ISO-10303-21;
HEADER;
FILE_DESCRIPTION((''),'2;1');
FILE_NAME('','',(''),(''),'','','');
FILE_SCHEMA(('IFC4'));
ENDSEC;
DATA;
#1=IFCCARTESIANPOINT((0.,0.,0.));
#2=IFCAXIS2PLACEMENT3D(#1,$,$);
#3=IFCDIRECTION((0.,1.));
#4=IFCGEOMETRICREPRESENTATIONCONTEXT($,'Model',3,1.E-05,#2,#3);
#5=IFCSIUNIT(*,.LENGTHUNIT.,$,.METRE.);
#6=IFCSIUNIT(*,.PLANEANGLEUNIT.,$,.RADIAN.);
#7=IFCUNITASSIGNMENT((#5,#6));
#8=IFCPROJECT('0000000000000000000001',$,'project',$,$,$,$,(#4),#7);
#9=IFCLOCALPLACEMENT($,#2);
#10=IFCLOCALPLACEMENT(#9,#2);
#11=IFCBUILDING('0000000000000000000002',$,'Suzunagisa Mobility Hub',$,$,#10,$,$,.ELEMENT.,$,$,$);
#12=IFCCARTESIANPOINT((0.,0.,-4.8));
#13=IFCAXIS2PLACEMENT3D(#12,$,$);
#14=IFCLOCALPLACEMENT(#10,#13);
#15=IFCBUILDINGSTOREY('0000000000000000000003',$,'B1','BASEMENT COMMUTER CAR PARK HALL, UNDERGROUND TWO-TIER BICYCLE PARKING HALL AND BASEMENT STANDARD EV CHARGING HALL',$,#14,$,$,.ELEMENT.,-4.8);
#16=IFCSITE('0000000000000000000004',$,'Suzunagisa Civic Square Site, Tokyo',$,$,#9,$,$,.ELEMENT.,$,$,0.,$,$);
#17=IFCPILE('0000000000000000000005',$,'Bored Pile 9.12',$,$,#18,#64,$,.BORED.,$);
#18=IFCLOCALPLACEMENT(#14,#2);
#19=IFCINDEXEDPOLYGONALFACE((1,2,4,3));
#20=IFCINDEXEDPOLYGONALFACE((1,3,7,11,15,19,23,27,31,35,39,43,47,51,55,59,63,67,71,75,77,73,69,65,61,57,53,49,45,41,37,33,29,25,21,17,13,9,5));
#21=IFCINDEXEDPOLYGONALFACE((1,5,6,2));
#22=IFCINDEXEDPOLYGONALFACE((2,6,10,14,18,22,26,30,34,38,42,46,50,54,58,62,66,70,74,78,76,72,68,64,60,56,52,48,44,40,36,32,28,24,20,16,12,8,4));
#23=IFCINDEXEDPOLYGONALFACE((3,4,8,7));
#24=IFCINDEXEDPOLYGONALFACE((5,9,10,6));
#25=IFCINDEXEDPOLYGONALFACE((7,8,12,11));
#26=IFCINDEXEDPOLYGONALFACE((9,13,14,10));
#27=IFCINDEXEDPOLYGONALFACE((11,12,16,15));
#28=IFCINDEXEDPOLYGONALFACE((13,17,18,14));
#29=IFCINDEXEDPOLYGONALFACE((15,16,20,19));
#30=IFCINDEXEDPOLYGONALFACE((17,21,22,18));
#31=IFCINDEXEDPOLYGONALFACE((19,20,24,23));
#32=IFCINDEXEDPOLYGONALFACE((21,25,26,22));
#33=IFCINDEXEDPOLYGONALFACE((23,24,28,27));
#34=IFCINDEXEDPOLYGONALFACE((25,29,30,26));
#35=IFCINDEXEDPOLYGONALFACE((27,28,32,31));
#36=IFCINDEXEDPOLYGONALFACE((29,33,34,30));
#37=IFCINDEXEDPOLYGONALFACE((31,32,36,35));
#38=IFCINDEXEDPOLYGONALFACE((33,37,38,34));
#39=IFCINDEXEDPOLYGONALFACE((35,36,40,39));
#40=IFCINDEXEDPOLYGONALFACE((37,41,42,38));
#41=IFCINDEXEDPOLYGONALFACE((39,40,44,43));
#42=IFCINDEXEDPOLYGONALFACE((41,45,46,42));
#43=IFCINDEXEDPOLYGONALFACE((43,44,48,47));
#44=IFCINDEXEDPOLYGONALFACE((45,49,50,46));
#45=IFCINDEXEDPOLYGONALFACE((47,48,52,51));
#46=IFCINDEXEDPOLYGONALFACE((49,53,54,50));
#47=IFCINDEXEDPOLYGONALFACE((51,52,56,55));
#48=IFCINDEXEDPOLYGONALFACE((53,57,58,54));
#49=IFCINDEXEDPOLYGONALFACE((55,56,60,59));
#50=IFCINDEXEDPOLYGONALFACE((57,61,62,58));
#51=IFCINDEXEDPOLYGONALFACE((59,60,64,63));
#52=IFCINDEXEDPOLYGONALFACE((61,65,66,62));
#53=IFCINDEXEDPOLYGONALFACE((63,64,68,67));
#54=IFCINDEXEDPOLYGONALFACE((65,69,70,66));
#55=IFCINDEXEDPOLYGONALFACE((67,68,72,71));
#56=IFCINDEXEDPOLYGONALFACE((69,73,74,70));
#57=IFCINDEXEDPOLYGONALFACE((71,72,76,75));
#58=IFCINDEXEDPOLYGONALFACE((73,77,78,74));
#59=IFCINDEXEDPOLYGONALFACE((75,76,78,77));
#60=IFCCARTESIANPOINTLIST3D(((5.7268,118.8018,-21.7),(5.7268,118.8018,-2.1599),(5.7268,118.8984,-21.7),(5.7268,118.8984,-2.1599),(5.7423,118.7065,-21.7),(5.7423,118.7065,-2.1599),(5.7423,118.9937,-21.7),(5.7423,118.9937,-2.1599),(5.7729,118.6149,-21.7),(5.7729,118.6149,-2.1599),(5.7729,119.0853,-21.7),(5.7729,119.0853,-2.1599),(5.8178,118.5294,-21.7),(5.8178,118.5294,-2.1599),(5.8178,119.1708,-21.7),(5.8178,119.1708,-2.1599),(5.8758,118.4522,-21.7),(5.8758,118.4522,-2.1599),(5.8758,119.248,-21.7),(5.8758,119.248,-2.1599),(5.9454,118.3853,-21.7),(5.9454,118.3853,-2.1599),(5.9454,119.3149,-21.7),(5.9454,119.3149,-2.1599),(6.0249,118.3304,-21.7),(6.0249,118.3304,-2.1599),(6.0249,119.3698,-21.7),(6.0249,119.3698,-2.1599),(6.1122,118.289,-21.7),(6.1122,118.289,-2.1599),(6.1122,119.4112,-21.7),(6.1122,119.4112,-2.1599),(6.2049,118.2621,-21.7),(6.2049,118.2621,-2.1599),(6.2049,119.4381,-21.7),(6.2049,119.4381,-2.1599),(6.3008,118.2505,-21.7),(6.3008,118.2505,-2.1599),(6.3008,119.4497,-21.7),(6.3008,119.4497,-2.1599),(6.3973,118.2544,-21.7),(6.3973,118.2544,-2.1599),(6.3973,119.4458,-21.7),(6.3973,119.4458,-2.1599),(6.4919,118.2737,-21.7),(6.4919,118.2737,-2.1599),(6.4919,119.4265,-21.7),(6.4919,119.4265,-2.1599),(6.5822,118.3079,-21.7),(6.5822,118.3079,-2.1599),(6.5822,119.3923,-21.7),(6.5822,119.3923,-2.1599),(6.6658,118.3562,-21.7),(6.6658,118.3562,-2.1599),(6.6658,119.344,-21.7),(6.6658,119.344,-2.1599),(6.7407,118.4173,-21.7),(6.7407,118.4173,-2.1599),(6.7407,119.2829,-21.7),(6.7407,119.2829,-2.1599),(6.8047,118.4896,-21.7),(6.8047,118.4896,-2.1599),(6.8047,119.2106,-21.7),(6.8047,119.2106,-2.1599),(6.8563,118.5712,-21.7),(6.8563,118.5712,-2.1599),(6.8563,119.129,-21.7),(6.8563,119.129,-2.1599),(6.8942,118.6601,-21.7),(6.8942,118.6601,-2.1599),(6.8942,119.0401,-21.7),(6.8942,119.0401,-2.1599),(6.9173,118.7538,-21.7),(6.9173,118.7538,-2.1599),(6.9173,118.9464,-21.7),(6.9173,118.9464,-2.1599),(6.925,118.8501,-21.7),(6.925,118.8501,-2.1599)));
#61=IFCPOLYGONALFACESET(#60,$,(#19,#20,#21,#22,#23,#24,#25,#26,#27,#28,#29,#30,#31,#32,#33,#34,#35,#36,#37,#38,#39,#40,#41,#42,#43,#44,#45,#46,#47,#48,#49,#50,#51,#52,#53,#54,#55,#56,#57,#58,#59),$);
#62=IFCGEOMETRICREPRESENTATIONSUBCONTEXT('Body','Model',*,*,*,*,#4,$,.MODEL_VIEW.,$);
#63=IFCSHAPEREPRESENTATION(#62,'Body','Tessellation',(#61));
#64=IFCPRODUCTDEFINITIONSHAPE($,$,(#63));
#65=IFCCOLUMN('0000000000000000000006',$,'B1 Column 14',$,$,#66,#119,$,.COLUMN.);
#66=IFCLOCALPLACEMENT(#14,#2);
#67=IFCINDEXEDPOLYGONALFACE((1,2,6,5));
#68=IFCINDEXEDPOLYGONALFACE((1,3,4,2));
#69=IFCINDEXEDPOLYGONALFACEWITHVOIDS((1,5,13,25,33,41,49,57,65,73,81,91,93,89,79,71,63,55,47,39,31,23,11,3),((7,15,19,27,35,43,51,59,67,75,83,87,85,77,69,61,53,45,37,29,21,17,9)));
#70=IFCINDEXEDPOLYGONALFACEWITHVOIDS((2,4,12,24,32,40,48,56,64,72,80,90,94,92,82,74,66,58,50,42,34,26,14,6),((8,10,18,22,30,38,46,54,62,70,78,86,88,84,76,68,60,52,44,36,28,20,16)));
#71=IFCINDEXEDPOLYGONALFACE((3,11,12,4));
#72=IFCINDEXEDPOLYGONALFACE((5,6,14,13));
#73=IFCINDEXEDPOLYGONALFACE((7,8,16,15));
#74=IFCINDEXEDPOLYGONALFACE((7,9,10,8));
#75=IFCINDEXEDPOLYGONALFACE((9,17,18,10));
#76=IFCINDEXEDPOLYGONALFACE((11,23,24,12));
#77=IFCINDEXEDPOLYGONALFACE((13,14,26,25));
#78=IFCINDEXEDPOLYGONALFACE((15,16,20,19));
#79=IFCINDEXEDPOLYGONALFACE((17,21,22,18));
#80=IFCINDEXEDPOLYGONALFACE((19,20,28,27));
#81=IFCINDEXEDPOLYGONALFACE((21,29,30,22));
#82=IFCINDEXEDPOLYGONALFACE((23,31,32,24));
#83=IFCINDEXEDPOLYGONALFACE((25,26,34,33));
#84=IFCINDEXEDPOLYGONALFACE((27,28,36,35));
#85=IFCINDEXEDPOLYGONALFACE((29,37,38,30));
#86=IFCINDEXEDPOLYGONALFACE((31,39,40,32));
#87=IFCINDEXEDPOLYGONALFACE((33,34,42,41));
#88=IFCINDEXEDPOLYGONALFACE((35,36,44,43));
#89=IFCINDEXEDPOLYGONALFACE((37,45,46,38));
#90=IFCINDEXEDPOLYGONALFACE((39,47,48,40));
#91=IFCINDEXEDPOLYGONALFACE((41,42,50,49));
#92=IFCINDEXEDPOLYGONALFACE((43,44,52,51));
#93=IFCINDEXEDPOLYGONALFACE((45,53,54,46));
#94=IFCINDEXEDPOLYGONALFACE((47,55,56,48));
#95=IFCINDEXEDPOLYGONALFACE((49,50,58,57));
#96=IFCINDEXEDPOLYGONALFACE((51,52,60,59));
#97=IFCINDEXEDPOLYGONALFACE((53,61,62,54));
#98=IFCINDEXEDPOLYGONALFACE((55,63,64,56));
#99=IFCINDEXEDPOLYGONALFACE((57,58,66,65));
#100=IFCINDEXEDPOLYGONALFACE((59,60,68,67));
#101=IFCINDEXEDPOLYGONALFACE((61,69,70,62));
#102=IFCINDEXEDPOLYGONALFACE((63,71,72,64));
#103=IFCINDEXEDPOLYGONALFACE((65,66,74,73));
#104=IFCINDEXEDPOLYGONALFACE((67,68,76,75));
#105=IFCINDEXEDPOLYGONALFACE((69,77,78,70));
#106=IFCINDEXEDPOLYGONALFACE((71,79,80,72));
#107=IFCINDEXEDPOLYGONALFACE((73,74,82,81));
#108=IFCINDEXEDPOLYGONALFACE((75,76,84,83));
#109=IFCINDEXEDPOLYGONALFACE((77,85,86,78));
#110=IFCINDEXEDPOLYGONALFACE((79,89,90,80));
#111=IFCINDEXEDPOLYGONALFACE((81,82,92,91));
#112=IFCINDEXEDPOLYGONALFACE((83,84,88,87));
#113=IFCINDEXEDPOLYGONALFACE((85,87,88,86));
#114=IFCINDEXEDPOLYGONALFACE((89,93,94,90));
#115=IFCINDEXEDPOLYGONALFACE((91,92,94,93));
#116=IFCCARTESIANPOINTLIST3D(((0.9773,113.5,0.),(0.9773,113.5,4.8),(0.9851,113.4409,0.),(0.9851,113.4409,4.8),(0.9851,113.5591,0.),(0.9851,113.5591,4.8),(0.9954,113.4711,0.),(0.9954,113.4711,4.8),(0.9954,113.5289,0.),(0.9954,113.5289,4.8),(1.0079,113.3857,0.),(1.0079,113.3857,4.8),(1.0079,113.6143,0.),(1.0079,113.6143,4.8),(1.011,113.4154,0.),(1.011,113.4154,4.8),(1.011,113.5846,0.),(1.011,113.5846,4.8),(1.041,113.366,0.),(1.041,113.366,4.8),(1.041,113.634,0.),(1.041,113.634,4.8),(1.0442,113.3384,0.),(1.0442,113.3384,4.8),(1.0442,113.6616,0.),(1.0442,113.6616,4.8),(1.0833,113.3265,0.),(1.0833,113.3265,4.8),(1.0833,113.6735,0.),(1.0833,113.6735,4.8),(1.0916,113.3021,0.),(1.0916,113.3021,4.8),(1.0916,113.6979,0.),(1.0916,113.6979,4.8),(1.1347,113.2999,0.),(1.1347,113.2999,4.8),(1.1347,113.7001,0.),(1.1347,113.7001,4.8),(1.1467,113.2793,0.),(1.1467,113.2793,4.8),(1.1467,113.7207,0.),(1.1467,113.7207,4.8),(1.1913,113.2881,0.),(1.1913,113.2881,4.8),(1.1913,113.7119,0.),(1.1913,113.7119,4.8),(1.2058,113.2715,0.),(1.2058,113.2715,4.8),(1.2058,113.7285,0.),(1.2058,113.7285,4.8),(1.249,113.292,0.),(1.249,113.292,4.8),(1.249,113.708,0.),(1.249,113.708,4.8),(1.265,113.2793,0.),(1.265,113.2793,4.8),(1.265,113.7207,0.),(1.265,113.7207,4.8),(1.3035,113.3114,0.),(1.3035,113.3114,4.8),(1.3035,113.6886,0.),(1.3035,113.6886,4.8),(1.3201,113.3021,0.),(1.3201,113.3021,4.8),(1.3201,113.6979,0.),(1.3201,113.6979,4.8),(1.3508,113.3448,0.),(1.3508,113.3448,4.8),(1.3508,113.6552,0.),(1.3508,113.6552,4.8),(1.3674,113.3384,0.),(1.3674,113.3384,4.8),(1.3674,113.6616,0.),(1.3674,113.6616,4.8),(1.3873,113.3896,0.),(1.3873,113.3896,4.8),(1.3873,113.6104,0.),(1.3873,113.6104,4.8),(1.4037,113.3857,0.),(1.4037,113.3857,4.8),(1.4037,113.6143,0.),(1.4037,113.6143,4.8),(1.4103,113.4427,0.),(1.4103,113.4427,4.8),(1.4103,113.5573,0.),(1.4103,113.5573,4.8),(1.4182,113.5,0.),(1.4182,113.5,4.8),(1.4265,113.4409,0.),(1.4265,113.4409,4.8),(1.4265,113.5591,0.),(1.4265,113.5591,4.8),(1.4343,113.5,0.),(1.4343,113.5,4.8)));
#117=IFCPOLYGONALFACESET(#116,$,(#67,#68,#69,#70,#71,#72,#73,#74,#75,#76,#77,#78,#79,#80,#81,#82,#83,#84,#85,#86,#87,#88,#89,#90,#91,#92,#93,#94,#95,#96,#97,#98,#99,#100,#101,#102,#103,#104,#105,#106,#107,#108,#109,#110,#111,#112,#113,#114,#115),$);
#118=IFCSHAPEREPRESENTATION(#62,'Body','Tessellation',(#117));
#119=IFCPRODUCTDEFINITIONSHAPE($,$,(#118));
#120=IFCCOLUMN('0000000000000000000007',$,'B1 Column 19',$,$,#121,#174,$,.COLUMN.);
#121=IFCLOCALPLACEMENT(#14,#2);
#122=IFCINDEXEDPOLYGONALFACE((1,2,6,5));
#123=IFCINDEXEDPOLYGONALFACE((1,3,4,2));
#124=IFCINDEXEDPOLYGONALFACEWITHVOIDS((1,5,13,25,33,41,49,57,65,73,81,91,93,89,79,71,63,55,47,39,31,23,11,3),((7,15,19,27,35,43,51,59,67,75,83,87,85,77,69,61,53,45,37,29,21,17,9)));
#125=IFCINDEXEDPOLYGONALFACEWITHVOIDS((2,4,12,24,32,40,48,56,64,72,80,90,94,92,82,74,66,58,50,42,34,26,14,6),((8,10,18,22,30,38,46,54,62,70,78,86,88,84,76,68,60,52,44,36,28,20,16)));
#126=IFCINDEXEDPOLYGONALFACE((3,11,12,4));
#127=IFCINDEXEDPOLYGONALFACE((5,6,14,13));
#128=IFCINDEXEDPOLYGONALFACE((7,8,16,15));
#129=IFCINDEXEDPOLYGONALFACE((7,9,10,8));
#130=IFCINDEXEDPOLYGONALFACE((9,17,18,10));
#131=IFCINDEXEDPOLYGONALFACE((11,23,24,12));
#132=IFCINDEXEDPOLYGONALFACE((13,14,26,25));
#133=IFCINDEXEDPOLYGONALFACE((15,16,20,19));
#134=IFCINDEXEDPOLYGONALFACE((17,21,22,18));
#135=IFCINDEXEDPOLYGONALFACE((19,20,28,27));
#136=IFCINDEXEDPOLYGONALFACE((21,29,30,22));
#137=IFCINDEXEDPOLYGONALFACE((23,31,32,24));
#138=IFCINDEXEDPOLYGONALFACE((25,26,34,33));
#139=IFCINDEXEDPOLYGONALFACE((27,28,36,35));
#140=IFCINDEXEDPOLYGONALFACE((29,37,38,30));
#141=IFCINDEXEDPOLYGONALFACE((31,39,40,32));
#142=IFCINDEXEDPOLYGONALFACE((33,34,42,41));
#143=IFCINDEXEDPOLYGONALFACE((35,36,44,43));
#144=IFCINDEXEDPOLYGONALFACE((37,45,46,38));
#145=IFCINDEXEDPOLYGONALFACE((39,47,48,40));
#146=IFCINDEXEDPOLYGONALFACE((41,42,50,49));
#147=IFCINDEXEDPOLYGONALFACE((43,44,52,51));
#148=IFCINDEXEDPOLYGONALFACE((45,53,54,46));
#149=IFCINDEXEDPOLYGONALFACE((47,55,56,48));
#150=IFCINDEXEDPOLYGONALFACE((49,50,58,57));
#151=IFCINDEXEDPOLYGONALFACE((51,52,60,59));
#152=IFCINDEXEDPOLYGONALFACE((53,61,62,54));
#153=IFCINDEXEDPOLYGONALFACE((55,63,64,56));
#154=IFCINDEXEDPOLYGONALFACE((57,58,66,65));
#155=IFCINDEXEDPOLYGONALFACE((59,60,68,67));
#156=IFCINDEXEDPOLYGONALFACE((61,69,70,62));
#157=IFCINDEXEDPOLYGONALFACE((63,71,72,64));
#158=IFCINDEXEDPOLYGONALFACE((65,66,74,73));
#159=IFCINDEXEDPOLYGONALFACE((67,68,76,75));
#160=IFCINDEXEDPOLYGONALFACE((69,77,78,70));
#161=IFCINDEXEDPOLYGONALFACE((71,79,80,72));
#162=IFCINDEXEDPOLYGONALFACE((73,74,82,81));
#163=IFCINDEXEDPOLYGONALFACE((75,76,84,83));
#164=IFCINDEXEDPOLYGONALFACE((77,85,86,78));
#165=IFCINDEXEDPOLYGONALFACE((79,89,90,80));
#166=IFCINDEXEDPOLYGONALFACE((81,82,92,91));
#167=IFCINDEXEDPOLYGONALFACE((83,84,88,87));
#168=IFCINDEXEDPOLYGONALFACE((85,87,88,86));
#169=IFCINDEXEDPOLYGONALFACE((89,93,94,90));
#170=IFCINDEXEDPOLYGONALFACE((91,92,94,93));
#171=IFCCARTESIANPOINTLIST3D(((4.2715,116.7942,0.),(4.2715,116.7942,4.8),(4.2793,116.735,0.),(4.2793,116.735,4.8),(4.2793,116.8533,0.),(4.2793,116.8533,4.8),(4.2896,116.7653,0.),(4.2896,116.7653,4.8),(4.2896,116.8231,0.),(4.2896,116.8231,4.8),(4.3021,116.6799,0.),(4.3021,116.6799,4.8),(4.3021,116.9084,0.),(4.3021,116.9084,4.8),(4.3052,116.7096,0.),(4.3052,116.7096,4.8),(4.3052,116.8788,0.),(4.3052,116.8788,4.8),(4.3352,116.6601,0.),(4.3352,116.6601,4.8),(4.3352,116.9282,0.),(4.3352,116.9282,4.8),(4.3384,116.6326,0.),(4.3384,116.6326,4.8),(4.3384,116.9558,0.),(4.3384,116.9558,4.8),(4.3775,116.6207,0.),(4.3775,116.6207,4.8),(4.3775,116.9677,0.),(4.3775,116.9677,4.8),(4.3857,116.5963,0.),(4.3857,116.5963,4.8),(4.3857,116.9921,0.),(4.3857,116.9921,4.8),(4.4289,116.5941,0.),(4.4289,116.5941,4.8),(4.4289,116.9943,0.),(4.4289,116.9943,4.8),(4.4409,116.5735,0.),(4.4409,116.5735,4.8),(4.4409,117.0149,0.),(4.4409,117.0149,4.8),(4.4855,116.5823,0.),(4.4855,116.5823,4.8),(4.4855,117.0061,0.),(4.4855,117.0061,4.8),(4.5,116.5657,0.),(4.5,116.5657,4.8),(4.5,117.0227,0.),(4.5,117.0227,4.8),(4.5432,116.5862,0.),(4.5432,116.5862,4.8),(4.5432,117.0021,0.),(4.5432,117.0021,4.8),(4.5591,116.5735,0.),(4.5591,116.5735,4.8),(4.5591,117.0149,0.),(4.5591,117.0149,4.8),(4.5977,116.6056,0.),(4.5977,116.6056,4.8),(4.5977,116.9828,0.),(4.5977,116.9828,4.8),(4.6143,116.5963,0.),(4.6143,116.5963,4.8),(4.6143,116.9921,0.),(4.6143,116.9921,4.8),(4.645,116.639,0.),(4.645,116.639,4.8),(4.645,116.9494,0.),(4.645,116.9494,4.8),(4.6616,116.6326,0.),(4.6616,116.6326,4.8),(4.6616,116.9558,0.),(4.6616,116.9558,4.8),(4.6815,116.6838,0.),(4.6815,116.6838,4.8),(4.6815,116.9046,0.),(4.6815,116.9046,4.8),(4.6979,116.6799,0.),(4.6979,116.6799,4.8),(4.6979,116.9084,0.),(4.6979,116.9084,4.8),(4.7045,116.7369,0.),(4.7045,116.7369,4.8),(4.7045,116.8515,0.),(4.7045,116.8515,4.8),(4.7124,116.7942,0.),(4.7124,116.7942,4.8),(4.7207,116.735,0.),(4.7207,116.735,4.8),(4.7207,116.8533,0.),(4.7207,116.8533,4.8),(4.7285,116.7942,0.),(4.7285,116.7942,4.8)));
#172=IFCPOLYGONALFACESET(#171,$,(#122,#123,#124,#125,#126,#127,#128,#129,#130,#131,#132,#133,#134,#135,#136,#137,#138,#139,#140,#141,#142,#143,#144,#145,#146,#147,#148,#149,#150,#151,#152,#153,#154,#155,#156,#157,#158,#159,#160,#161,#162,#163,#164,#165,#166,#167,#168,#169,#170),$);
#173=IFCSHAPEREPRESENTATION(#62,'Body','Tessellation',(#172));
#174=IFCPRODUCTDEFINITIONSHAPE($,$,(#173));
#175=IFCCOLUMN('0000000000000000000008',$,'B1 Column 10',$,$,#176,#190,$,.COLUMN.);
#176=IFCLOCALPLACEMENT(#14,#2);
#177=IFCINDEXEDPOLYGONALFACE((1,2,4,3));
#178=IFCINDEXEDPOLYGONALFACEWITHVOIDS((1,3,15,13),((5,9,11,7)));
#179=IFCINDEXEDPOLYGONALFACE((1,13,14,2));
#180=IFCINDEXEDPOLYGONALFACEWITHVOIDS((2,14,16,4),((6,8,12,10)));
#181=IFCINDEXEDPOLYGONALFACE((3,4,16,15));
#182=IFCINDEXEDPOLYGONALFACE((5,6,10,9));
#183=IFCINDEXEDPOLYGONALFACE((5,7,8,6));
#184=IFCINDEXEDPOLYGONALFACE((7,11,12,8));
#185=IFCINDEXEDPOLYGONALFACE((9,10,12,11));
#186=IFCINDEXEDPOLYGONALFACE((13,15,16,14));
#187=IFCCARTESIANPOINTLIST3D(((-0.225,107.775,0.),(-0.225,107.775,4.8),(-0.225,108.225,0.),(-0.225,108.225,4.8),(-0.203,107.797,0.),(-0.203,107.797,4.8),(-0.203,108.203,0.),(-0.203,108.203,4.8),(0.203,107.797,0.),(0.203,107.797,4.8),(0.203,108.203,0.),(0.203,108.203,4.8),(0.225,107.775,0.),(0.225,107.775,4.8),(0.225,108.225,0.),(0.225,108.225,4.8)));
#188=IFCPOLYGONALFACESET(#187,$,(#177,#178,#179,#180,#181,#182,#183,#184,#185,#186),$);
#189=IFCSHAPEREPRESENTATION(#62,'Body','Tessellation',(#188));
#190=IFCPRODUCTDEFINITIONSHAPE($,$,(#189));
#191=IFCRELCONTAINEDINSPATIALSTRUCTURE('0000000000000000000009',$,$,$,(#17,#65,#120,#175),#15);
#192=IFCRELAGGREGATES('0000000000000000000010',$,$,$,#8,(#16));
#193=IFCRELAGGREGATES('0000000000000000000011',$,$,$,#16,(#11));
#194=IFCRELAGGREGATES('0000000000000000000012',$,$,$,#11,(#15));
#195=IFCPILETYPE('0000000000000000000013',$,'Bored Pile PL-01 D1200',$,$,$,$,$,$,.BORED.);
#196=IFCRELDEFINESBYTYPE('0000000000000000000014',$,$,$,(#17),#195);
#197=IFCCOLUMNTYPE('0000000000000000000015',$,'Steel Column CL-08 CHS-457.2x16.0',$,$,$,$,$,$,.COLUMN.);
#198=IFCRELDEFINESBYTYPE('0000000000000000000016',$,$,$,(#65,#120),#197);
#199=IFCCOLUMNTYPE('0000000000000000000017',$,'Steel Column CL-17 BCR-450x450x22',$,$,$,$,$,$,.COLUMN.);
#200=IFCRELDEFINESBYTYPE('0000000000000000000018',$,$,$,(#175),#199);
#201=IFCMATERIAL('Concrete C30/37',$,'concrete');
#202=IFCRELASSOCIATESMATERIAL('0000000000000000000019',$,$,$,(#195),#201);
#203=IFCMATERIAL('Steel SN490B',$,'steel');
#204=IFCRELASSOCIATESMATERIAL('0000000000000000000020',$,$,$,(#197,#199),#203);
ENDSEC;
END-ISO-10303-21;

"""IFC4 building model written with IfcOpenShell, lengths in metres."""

from ifc_helpers import new_model, si_unit, direction, frame, origin, origin_2d, place, context, subcontext, project, spatial, hollow_rectangle, circle, hollow_circle, extrude, material, material_profile, profile_set, type_object, element, save


model = new_model("IFC4")

# Units and contexts
model_context = context("Model", 3, precision=1e-05, world=origin(), true_north=direction((0.0, 1.0)))
body_context = subcontext(model_context, "Body", "Model", "MODEL_VIEW")
ifc_project = project(units=[si_unit("LENGTHUNIT", "METRE"), si_unit("PLANEANGLEUNIT", "RADIAN")], contexts=[model_context])

# Site, building, storey
site_placement = place(None, origin())
site = spatial("IfcSite", under=ifc_project, at=site_placement, Name="Suzunagisa Civic Square Site, Tokyo", CompositionType="ELEMENT", RefElevation=0.0)
building_placement = place(site_placement, origin())
building = spatial("IfcBuilding", under=site, at=building_placement, Name="Suzunagisa Mobility Hub", CompositionType="ELEMENT")
storey_placement = place(building_placement, frame((0.0, 0.0, -4.8)))
storey = spatial("IfcBuildingStorey", under=building, at=storey_placement, Name="B1", Description="BASEMENT COMMUTER CAR PARK HALL, UNDERGROUND TWO-TIER BICYCLE PARKING HALL AND BASEMENT STANDARD EV CHARGING HALL", CompositionType="ELEMENT", Elevation=-4.8)

# Pile
ifc_material_1 = material(Name="Concrete C30/37", Category="concrete")
ifc_material_profile_1 = material_profile(ifc_material_1, circle(Radius=0.6001, at=origin_2d()), Name="BORED PILE D1200")
ifc_profile_set_1 = profile_set([ifc_material_profile_1], Name="Concrete C30/37")
pile_type = type_object("IfcPileType", Name="Bored Pile PL-01 D1200", PredefinedType="BORED", material=ifc_profile_set_1)
for number, where, z_axis, x_axis, name in (
    (1, (6.325, 118.8501, -2.1599), (0.0, 0.0, -1.0), (1.0, 0.0, 0.0), "Bored Pile 9.12"),
):
    element("IfcPile", number, at=place(storey_placement, frame(where, z_axis=z_axis, x_axis=x_axis)), inside=storey, type_object=pile_type, Name=name, PredefinedType="BORED", context=body_context, shape_type="SweptSolid", body=[
        extrude(circle(Radius=0.6001, at=origin_2d()), origin(), (0.0, 0.0, 1.0), 19.54),
    ])

# Columns
ifc_material_2 = material(Name="Steel SN490B", Category="steel")
ifc_material_profile_2 = material_profile(ifc_material_2, hollow_circle(Radius=0.2285, WallThickness=0.0161, at=origin_2d()), Name="CHS-457.2x16.0")
ifc_profile_set_2 = profile_set([ifc_material_profile_2], Name="Steel SN490B")
column_type_1 = type_object("IfcColumnType", Name="Steel Column CL-08 CHS-457.2x16.0", PredefinedType="COLUMN", material=ifc_profile_set_2)
for number, where, z_axis, x_axis, name in (
    (2, (1.2058, 113.5, 0.0), (0.0, 0.0, 1.0), (1.0, 0.0, 0.0), "B1 Column 14"),
    (3, (4.5, 116.7942, 0.0), (0.0, 0.0, 1.0), (1.0, 0.0, 0.0), "B1 Column 19"),
):
    element("IfcColumn", number, at=place(storey_placement, frame(where, z_axis=z_axis, x_axis=x_axis)), inside=storey, type_object=column_type_1, Name=name, PredefinedType="COLUMN", context=body_context, shape_type="SweptSolid", body=[
        extrude(hollow_circle(Radius=0.2285, WallThickness=0.0161, at=origin_2d()), origin(), (0.0, 0.0, 1.0), 4.8),
    ])
ifc_material_profile_3 = material_profile(ifc_material_2, hollow_rectangle(XDim=0.45, YDim=0.45, WallThickness=0.022, at=origin_2d()), Name="BCR-450x450x22")
ifc_profile_set_3 = profile_set([ifc_material_profile_3], Name="Steel SN490B")
column_type_2 = type_object("IfcColumnType", Name="Steel Column CL-17 BCR-450x450x22", PredefinedType="COLUMN", material=ifc_profile_set_3)
for number, where, z_axis, x_axis, name in (
    (4, (0.0, 108.0, 0.0), (0.0, 0.0, 1.0), (1.0, 0.0, 0.0), "B1 Column 10"),
):
    element("IfcColumn", number, at=place(storey_placement, frame(where, z_axis=z_axis, x_axis=x_axis)), inside=storey, type_object=column_type_2, Name=name, PredefinedType="COLUMN", context=body_context, shape_type="SweptSolid", body=[
        extrude(hollow_rectangle(XDim=0.45, YDim=0.45, WallThickness=0.022, at=origin_2d()), origin(), (0.0, 0.0, 1.0), 4.8),
    ])

save(model, "model.ifc")
